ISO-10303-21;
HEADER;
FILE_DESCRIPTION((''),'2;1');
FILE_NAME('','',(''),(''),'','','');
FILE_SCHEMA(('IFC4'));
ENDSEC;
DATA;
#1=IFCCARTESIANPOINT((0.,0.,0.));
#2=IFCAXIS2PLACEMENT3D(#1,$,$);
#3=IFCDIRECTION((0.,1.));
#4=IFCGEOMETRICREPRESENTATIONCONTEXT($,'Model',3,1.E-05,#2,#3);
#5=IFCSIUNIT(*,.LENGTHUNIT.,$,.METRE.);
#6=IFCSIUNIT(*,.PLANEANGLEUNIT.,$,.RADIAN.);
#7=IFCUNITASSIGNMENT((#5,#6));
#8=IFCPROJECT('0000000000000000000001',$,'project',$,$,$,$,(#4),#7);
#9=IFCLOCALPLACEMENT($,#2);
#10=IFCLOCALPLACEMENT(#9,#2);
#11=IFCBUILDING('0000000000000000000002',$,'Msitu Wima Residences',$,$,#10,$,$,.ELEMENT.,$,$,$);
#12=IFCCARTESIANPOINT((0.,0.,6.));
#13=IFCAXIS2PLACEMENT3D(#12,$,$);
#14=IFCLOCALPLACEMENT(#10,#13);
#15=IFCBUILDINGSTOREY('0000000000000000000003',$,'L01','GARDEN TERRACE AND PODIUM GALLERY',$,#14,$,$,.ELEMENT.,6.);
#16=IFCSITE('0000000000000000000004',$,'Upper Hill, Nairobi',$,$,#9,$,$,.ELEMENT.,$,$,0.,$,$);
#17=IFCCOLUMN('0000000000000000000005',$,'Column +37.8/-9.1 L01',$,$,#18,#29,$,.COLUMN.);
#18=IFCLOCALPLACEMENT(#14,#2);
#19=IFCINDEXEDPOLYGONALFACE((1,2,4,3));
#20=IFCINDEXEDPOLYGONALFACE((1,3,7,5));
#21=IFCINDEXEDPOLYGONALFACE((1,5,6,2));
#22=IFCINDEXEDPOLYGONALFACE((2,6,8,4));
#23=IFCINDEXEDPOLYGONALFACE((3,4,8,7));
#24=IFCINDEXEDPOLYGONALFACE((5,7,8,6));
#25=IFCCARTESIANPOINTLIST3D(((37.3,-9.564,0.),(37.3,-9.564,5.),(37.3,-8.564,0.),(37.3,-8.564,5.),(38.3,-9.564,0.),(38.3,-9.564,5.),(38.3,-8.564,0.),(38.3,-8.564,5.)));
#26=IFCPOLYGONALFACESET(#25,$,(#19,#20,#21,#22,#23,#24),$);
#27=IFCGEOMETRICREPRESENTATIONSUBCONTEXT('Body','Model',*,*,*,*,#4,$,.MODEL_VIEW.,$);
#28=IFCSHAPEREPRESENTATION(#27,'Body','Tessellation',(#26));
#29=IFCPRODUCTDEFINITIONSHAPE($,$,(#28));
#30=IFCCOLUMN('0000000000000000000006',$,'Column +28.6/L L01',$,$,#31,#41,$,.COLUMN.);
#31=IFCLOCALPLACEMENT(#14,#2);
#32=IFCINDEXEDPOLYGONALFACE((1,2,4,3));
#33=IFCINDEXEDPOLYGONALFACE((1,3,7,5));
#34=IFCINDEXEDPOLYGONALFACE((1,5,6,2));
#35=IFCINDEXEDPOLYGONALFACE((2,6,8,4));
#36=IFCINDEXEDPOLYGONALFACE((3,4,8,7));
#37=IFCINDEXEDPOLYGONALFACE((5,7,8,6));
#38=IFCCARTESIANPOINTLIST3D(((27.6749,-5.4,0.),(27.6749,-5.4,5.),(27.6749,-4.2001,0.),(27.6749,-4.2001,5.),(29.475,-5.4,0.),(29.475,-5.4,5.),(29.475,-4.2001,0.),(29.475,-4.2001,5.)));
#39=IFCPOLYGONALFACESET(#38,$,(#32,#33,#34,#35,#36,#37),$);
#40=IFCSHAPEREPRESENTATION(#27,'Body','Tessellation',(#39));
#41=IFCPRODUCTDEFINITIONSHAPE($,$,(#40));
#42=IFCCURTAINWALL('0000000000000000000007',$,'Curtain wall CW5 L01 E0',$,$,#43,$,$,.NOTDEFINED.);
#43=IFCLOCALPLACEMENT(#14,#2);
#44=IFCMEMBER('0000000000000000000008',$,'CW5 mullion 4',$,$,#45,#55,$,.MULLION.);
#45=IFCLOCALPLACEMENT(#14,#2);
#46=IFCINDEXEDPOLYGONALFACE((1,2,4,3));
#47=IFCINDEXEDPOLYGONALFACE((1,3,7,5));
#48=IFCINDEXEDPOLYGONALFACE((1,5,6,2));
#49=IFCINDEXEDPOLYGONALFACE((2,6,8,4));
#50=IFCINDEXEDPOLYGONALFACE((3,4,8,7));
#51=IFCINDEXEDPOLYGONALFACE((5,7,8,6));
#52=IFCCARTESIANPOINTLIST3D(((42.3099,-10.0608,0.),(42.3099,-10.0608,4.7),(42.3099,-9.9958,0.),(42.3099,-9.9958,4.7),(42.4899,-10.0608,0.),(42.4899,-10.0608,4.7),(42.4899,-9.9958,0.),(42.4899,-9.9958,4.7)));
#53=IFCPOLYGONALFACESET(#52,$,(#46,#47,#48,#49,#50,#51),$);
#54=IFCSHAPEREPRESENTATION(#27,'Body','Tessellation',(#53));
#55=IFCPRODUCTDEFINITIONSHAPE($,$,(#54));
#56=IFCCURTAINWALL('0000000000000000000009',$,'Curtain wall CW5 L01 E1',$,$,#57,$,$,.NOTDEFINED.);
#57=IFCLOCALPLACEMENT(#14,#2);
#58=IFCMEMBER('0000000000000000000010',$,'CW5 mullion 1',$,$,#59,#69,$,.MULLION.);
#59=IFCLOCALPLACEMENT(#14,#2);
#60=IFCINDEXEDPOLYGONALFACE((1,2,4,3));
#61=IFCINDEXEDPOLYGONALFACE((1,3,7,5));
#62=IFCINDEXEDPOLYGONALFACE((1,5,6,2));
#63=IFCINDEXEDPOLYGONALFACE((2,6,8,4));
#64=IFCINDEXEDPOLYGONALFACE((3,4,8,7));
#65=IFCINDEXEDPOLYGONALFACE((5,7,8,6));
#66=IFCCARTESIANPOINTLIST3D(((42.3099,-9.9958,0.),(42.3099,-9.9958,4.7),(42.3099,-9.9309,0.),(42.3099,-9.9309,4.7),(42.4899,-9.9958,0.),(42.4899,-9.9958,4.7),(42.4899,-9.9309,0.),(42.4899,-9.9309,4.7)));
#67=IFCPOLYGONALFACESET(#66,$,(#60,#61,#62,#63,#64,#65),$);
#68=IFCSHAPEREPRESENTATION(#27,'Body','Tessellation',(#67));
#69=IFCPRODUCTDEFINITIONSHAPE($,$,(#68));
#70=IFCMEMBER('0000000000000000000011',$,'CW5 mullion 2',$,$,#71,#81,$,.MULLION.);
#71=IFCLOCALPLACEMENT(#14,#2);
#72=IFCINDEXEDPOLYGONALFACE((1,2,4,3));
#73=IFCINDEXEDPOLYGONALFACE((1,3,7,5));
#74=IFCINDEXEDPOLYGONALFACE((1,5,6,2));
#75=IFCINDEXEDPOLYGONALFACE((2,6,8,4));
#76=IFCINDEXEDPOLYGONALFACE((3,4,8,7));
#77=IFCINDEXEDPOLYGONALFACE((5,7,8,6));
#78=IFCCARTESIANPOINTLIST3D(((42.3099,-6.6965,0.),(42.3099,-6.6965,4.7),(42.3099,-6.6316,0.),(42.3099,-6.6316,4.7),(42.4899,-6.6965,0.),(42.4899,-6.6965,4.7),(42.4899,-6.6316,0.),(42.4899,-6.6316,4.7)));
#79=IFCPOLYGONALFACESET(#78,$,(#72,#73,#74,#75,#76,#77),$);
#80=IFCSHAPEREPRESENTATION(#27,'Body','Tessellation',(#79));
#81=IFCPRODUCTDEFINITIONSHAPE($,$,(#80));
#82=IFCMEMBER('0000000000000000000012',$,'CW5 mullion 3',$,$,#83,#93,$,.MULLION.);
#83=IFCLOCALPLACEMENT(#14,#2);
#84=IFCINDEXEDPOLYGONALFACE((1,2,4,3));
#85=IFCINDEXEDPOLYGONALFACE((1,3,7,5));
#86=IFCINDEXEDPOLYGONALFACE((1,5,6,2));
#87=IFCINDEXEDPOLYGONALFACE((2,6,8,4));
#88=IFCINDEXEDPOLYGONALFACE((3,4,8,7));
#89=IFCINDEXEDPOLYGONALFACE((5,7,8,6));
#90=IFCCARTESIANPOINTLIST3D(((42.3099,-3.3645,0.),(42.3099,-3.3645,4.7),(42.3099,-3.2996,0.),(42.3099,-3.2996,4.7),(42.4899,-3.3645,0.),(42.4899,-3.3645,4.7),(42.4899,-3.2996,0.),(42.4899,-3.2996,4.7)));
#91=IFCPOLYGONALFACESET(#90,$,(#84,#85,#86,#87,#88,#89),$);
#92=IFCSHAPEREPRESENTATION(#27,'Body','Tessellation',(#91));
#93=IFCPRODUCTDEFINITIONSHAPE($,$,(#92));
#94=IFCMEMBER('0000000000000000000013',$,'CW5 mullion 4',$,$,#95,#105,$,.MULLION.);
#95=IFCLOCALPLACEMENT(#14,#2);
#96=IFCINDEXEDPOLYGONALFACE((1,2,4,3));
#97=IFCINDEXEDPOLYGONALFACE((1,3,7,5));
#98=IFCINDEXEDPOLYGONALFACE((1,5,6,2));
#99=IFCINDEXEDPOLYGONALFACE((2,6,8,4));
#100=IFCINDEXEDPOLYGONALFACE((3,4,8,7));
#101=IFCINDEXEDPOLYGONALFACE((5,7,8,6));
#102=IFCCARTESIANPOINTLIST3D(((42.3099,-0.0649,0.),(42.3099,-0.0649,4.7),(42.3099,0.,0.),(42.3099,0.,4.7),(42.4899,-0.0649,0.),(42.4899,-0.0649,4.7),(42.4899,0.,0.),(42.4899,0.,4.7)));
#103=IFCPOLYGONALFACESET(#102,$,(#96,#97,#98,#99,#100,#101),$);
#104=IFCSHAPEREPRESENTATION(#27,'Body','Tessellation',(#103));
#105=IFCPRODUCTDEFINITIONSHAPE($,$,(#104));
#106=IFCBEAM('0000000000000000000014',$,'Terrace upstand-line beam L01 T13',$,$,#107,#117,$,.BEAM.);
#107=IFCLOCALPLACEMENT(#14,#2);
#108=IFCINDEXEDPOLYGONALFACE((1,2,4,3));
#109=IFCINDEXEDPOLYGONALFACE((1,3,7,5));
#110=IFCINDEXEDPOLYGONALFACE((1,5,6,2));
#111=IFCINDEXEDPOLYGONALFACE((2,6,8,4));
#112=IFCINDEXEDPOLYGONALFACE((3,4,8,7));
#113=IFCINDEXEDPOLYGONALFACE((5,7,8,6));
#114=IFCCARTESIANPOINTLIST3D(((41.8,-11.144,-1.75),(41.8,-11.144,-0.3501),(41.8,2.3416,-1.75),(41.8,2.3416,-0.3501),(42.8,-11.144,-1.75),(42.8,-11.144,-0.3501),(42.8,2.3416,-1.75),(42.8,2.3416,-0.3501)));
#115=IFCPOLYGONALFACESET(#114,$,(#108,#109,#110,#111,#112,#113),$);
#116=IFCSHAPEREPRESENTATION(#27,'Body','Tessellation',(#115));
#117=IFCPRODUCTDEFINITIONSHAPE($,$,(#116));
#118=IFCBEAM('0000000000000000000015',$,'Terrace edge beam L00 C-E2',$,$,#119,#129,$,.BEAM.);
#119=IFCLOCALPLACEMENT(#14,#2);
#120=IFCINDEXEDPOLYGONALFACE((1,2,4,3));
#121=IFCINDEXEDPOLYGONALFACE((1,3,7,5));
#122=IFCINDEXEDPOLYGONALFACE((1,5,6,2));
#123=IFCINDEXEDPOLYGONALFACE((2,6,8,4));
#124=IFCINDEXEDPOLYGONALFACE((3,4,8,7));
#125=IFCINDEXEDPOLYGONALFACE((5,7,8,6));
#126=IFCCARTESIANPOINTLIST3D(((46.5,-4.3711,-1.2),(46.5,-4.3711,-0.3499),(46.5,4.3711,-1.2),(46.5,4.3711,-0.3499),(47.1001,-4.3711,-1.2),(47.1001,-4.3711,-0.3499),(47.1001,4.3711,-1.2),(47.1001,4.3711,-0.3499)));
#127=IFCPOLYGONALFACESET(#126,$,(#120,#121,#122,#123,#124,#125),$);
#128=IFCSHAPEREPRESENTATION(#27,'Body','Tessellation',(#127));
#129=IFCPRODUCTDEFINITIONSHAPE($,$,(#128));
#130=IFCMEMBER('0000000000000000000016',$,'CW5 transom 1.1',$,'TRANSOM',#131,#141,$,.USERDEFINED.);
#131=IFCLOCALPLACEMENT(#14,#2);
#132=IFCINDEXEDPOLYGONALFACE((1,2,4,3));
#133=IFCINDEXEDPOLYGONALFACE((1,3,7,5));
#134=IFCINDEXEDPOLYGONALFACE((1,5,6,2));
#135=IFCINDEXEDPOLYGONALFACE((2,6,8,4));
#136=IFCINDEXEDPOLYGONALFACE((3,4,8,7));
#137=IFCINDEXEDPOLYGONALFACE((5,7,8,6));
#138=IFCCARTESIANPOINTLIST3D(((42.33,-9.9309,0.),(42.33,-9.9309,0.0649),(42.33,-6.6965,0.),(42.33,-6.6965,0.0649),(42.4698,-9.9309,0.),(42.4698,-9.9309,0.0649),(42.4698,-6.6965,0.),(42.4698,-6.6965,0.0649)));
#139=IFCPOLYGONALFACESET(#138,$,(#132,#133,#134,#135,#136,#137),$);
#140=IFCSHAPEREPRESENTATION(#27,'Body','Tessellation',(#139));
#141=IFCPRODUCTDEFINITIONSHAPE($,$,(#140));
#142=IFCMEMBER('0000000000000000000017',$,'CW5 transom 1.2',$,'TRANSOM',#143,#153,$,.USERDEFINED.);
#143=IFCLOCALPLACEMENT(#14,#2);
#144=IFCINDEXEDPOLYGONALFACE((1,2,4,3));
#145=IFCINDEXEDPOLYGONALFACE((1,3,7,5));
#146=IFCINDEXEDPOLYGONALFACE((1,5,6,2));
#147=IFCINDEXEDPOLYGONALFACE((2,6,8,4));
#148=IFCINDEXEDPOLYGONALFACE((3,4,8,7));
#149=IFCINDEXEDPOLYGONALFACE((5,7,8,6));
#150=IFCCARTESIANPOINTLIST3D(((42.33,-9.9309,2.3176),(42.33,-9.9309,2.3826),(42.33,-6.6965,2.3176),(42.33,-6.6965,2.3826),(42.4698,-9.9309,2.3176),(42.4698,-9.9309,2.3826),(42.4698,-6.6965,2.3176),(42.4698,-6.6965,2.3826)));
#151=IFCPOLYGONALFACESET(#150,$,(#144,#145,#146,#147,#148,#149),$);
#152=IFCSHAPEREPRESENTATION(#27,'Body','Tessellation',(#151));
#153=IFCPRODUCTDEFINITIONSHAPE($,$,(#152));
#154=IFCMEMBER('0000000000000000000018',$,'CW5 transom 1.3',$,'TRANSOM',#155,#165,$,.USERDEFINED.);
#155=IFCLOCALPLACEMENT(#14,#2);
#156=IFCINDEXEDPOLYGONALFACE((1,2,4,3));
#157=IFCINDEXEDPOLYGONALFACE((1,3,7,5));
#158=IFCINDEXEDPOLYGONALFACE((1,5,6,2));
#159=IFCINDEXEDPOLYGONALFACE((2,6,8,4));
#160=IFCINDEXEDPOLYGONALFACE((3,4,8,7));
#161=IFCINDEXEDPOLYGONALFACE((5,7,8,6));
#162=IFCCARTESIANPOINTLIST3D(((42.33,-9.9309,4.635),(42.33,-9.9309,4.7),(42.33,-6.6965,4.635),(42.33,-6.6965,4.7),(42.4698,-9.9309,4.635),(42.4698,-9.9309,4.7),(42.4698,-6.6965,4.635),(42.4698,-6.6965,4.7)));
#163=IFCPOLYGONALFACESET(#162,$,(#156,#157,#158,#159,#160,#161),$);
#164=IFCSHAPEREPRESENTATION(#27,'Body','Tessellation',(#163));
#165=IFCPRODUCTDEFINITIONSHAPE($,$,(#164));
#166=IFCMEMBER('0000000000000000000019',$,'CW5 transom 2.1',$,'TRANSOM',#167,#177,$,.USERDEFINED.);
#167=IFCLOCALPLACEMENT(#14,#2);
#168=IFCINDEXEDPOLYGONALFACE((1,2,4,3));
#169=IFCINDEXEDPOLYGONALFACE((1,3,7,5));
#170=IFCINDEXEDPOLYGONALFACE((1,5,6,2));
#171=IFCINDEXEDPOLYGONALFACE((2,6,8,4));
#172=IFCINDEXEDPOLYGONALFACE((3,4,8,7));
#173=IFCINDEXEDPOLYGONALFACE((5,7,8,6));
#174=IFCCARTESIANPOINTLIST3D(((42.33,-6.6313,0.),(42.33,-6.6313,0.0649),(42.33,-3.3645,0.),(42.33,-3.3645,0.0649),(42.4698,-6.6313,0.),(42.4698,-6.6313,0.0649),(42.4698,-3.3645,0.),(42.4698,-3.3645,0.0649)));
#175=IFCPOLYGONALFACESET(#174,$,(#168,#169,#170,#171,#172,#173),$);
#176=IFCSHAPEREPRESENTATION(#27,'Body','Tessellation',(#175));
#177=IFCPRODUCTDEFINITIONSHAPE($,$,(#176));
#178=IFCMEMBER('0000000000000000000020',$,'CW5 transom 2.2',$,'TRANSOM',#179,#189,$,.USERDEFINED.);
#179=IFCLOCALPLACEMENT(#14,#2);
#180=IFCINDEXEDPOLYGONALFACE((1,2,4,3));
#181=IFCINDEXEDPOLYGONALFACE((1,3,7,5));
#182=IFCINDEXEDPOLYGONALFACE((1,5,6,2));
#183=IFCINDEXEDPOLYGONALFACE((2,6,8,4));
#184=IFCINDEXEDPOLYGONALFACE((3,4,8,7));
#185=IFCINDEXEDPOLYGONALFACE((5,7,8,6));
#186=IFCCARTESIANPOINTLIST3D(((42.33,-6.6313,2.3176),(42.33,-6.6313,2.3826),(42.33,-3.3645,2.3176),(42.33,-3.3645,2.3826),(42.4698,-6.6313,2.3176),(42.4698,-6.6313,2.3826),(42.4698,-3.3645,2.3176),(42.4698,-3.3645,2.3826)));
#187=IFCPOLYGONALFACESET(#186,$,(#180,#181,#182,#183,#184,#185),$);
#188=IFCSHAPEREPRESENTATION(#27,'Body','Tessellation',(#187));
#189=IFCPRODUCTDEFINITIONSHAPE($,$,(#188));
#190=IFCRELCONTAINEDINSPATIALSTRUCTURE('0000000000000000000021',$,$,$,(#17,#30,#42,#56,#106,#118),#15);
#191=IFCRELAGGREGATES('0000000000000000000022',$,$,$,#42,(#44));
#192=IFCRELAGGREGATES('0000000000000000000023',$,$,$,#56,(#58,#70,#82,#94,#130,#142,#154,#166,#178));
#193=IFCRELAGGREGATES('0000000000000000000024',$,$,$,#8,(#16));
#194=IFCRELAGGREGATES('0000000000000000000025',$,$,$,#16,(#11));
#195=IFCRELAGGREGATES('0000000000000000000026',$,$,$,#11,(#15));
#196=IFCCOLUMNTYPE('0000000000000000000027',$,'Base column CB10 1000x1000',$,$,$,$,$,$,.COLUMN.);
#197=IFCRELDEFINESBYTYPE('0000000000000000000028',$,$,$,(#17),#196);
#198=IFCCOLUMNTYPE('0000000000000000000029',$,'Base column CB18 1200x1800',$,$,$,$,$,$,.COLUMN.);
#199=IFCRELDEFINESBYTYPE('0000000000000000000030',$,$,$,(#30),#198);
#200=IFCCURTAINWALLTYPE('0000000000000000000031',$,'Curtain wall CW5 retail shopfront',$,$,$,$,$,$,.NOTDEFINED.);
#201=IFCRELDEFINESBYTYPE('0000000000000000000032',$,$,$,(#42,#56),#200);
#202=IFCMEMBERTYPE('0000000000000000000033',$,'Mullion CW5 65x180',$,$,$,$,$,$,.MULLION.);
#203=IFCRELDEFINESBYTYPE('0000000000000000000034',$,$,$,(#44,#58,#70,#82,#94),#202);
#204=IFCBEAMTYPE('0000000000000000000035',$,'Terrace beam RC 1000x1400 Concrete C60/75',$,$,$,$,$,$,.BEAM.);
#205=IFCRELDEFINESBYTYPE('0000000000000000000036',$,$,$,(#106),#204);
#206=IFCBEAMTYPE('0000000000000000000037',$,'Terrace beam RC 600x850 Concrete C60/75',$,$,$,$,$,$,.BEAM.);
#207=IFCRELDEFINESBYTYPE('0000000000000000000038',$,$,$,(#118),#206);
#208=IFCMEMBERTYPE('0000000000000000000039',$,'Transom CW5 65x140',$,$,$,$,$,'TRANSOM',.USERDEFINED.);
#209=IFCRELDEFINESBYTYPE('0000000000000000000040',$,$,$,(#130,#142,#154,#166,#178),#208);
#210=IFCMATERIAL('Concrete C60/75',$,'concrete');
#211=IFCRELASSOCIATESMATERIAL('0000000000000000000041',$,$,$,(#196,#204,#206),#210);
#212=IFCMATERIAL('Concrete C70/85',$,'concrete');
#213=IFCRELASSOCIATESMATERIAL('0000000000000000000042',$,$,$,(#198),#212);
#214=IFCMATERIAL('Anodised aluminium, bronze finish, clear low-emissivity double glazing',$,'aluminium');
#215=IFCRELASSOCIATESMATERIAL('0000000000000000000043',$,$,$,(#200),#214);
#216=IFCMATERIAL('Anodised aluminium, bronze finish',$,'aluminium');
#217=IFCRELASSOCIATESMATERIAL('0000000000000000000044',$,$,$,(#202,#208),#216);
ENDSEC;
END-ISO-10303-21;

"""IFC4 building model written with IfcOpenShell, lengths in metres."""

from ifc_helpers import new_model, si_unit, direction, frame, origin, origin_2d, place, context, subcontext, project, spatial, rectangle, extrude, material, material_profile, profile_set, type_object, element, aggregate, save


model = new_model("IFC4")

# Units and contexts
model_context = context("Model", 3, precision=1e-05, world=origin(), true_north=direction((0.0, 1.0)))
body_context = subcontext(model_context, "Body", "Model", "MODEL_VIEW")
ifc_project = project(units=[si_unit("LENGTHUNIT", "METRE"), si_unit("PLANEANGLEUNIT", "RADIAN")], contexts=[model_context])

# Site, building, storey
site_placement = place(None, origin())
site = spatial("IfcSite", under=ifc_project, at=site_placement, Name="Upper Hill, Nairobi", CompositionType="ELEMENT", RefElevation=0.0)
building_placement = place(site_placement, origin())
building = spatial("IfcBuilding", under=site, at=building_placement, Name="Msitu Wima Residences", CompositionType="ELEMENT")
storey_placement = place(building_placement, frame((0.0, 0.0, 6.0)))
storey = spatial("IfcBuildingStorey", under=building, at=storey_placement, Name="L01", Description="GARDEN TERRACE AND PODIUM GALLERY", CompositionType="ELEMENT", Elevation=6.0)

# Columns
ifc_material_1 = material(Name="Concrete C60/75", Category="concrete")
ifc_material_profile_1 = material_profile(ifc_material_1, rectangle(XDim=1.0, YDim=1.0, at=origin_2d()), Name="RC 1000x1000")
ifc_profile_set_1 = profile_set([ifc_material_profile_1], Name="Concrete C60/75")
column_type_1 = type_object("IfcColumnType", Name="Base column CB10 1000x1000", PredefinedType="COLUMN", material=ifc_profile_set_1)
column_1_placement = place(storey_placement, frame((37.8, -9.064, 0.0), z_axis=(0.0, 0.0, 1.0), x_axis=(1.0, 0.0, 0.0)))
element("IfcColumn", 1, at=column_1_placement, inside=storey, type_object=column_type_1, Name="Column +37.8/-9.1 L01", PredefinedType="COLUMN", context=body_context, shape_type="SweptSolid", body=[
    extrude(rectangle(XDim=1.0, YDim=1.0, at=origin_2d()), origin(), (0.0, 0.0, 1.0), 5.0),
])
ifc_material_2 = material(Name="Concrete C70/85", Category="concrete")
ifc_material_profile_2 = material_profile(ifc_material_2, rectangle(XDim=1.2, YDim=1.8, at=origin_2d()), Name="RC 1200x1800")
ifc_profile_set_2 = profile_set([ifc_material_profile_2], Name="Concrete C70/85")
column_type_2 = type_object("IfcColumnType", Name="Base column CB18 1200x1800", PredefinedType="COLUMN", material=ifc_profile_set_2)
column_2_placement = place(storey_placement, frame((28.575, -4.8, 0.0), z_axis=(0.0, 0.0, 1.0), x_axis=(0.0, 1.0, 0.0)))
element("IfcColumn", 2, at=column_2_placement, inside=storey, type_object=column_type_2, Name="Column +28.6/L L01", PredefinedType="COLUMN", context=body_context, shape_type="SweptSolid", body=[
    extrude(rectangle(XDim=1.2, YDim=1.8, at=origin_2d()), origin(), (0.0, 0.0, 1.0), 5.0),
])

# Curtain wall, member
ifc_material_3 = material(Name="Anodised aluminium, bronze finish, clear low-emissivity double glazing", Category="aluminium")
curtain_wall_type = type_object("IfcCurtainWallType", Name="Curtain wall CW5 retail shopfront", PredefinedType="NOTDEFINED", material=ifc_material_3)
curtain_wall_1_placement = place(storey_placement, origin())
curtain_wall_1 = element("IfcCurtainWall", 3, at=curtain_wall_1_placement, inside=storey, type_object=curtain_wall_type, Name="Curtain wall CW5 L01 E0", PredefinedType="NOTDEFINED")
ifc_material_4 = material(Name="Anodised aluminium, bronze finish", Category="aluminium")
ifc_material_profile_3 = material_profile(ifc_material_4, rectangle(XDim=0.1799, YDim=0.0649, at=origin_2d()), Name="Mullion 65x180")
ifc_profile_set_3 = profile_set([ifc_material_profile_3], Name="Anodised aluminium, bronze finish")
member_type_1 = type_object("IfcMemberType", Name="Mullion CW5 65x180", PredefinedType="MULLION", material=ifc_profile_set_3)
member_1_placement = place(storey_placement, frame((42.3999, -10.0283, 0.0), z_axis=(0.0, 0.0, 1.0), x_axis=(-1.0, 0.0, 0.0)))
member_1 = element("IfcMember", 4, at=member_1_placement, type_object=member_type_1, Name="CW5 mullion 4", PredefinedType="MULLION", context=body_context, shape_type="SweptSolid", body=[
    extrude(rectangle(XDim=0.1799, YDim=0.0649, at=origin_2d()), origin(), (0.0, 0.0, 1.0), 4.7),
])
aggregate(curtain_wall_1, [member_1])

# Curtain wall, members
curtain_wall_2_placement = place(storey_placement, origin())
curtain_wall_2 = element("IfcCurtainWall", 5, at=curtain_wall_2_placement, inside=storey, type_object=curtain_wall_type, Name="Curtain wall CW5 L01 E1", PredefinedType="NOTDEFINED")
member_2_placement = place(storey_placement, frame((42.3999, -9.9634, 0.0), z_axis=(0.0, 0.0, 1.0), x_axis=(-1.0, 0.0, 0.0)))
member_2 = element("IfcMember", 6, at=member_2_placement, type_object=member_type_1, Name="CW5 mullion 1", PredefinedType="MULLION", context=body_context, shape_type="SweptSolid", body=[
    extrude(rectangle(XDim=0.1799, YDim=0.0649, at=origin_2d()), origin(), (0.0, 0.0, 1.0), 4.7),
])
member_3_placement = place(storey_placement, frame((42.3999, -6.6641, 0.0), z_axis=(0.0, 0.0, 1.0), x_axis=(-1.0, 0.0, 0.0)))
member_3 = element("IfcMember", 7, at=member_3_placement, type_object=member_type_1, Name="CW5 mullion 2", PredefinedType="MULLION", context=body_context, shape_type="SweptSolid", body=[
    extrude(rectangle(XDim=0.1799, YDim=0.0649, at=origin_2d()), origin(), (0.0, 0.0, 1.0), 4.7),
])
member_4_placement = place(storey_placement, frame((42.3999, -3.332, 0.0), z_axis=(0.0, 0.0, 1.0), x_axis=(-1.0, 0.0, 0.0)))
member_4 = element("IfcMember", 8, at=member_4_placement, type_object=member_type_1, Name="CW5 mullion 3", PredefinedType="MULLION", context=body_context, shape_type="SweptSolid", body=[
    extrude(rectangle(XDim=0.1799, YDim=0.0649, at=origin_2d()), origin(), (0.0, 0.0, 1.0), 4.7),
])
member_5_placement = place(storey_placement, frame((42.3999, -0.0325, 0.0), z_axis=(0.0, 0.0, 1.0), x_axis=(-1.0, 0.0, 0.0)))
member_5 = element("IfcMember", 9, at=member_5_placement, type_object=member_type_1, Name="CW5 mullion 4", PredefinedType="MULLION", context=body_context, shape_type="SweptSolid", body=[
    extrude(rectangle(XDim=0.1799, YDim=0.0649, at=origin_2d()), origin(), (0.0, 0.0, 1.0), 4.7),
])

# Beams
ifc_material_profile_4 = material_profile(ifc_material_1, rectangle(XDim=1.0, YDim=1.3999, at=origin_2d()), Name="RC 1000x1400")
ifc_profile_set_4 = profile_set([ifc_material_profile_4], Name="Concrete C60/75")
beam_type_1 = type_object("IfcBeamType", Name="Terrace beam RC 1000x1400 Concrete C60/75", PredefinedType="BEAM", material=ifc_profile_set_4)
beam_1_placement = place(storey_placement, frame((42.3, -11.144, -1.05), z_axis=(0.0, 1.0, 0.0), x_axis=(-1.0, 0.0, 0.0)))
element("IfcBeam", 10, at=beam_1_placement, inside=storey, type_object=beam_type_1, Name="Terrace upstand-line beam L01 T13", PredefinedType="BEAM", context=body_context, shape_type="SweptSolid", body=[
    extrude(rectangle(XDim=1.0, YDim=1.3999, at=origin_2d()), origin(), (0.0, 0.0, 1.0), 13.4856),
])
ifc_material_profile_5 = material_profile(ifc_material_1, rectangle(XDim=0.6001, YDim=0.8501, at=origin_2d()), Name="RC 600x850")
ifc_profile_set_5 = profile_set([ifc_material_profile_5], Name="Concrete C60/75")
beam_type_2 = type_object("IfcBeamType", Name="Terrace beam RC 600x850 Concrete C60/75", PredefinedType="BEAM", material=ifc_profile_set_5)
beam_2_placement = place(storey_placement, frame((46.8, -4.3711, -0.7749), z_axis=(0.0, 1.0, 0.0), x_axis=(-1.0, 0.0, 0.0)))
element("IfcBeam", 11, at=beam_2_placement, inside=storey, type_object=beam_type_2, Name="Terrace edge beam L00 C-E2", PredefinedType="BEAM", context=body_context, shape_type="SweptSolid", body=[
    extrude(rectangle(XDim=0.6001, YDim=0.8501, at=origin_2d()), origin(), (0.0, 0.0, 1.0), 8.7422),
])

# Members
ifc_material_profile_6 = material_profile(ifc_material_4, rectangle(XDim=0.1399, YDim=0.0649, at=origin_2d()), Name="Transom 65x140")
ifc_profile_set_6 = profile_set([ifc_material_profile_6], Name="Anodised aluminium, bronze finish")
member_type_2 = type_object("IfcMemberType", Name="Transom CW5 65x140", ElementType="TRANSOM", PredefinedType="USERDEFINED", material=ifc_profile_set_6)
member_6_placement = place(storey_placement, frame((42.3999, -9.9309, 0.0325), z_axis=(0.0, 1.0, 0.0), x_axis=(-1.0, 0.0, 0.0)))
member_6 = element("IfcMember", 12, at=member_6_placement, type_object=member_type_2, Name="CW5 transom 1.1", ObjectType="TRANSOM", PredefinedType="USERDEFINED", context=body_context, shape_type="SweptSolid", body=[
    extrude(rectangle(XDim=0.1399, YDim=0.0649, at=origin_2d()), origin(), (0.0, 0.0, 1.0), 3.2344),
])
member_7_placement = place(storey_placement, frame((42.3999, -9.9309, 2.3501), z_axis=(0.0, 1.0, 0.0), x_axis=(-1.0, 0.0, 0.0)))
member_7 = element("IfcMember", 13, at=member_7_placement, type_object=member_type_2, Name="CW5 transom 1.2", ObjectType="TRANSOM", PredefinedType="USERDEFINED", context=body_context, shape_type="SweptSolid", body=[
    extrude(rectangle(XDim=0.1399, YDim=0.0649, at=origin_2d()), origin(), (0.0, 0.0, 1.0), 3.2344),
])
member_8_placement = place(storey_placement, frame((42.3999, -9.9309, 4.6675), z_axis=(0.0, 1.0, 0.0), x_axis=(-1.0, 0.0, 0.0)))
member_8 = element("IfcMember", 14, at=member_8_placement, type_object=member_type_2, Name="CW5 transom 1.3", ObjectType="TRANSOM", PredefinedType="USERDEFINED", context=body_context, shape_type="SweptSolid", body=[
    extrude(rectangle(XDim=0.1399, YDim=0.0649, at=origin_2d()), origin(), (0.0, 0.0, 1.0), 3.2344),
])
member_9_placement = place(storey_placement, frame((42.3999, -6.6313, 0.0325), z_axis=(0.0, 1.0, 0.0), x_axis=(-1.0, 0.0, 0.0)))
member_9 = element("IfcMember", 15, at=member_9_placement, type_object=member_type_2, Name="CW5 transom 2.1", ObjectType="TRANSOM", PredefinedType="USERDEFINED", context=body_context, shape_type="SweptSolid", body=[
    extrude(rectangle(XDim=0.1399, YDim=0.0649, at=origin_2d()), origin(), (0.0, 0.0, 1.0), 3.2668),
])
member_10_placement = place(storey_placement, frame((42.3999, -6.6313, 2.3501), z_axis=(0.0, 1.0, 0.0), x_axis=(-1.0, 0.0, 0.0)))
member_10 = element("IfcMember", 16, at=member_10_placement, type_object=member_type_2, Name="CW5 transom 2.2", ObjectType="TRANSOM", PredefinedType="USERDEFINED", context=body_context, shape_type="SweptSolid", body=[
    extrude(rectangle(XDim=0.1399, YDim=0.0649, at=origin_2d()), origin(), (0.0, 0.0, 1.0), 3.2668),
])

aggregate(curtain_wall_2, [member_2, member_3, member_4, member_5, member_6, member_7, member_8, member_9, member_10])

save(model, "model.ifc")
